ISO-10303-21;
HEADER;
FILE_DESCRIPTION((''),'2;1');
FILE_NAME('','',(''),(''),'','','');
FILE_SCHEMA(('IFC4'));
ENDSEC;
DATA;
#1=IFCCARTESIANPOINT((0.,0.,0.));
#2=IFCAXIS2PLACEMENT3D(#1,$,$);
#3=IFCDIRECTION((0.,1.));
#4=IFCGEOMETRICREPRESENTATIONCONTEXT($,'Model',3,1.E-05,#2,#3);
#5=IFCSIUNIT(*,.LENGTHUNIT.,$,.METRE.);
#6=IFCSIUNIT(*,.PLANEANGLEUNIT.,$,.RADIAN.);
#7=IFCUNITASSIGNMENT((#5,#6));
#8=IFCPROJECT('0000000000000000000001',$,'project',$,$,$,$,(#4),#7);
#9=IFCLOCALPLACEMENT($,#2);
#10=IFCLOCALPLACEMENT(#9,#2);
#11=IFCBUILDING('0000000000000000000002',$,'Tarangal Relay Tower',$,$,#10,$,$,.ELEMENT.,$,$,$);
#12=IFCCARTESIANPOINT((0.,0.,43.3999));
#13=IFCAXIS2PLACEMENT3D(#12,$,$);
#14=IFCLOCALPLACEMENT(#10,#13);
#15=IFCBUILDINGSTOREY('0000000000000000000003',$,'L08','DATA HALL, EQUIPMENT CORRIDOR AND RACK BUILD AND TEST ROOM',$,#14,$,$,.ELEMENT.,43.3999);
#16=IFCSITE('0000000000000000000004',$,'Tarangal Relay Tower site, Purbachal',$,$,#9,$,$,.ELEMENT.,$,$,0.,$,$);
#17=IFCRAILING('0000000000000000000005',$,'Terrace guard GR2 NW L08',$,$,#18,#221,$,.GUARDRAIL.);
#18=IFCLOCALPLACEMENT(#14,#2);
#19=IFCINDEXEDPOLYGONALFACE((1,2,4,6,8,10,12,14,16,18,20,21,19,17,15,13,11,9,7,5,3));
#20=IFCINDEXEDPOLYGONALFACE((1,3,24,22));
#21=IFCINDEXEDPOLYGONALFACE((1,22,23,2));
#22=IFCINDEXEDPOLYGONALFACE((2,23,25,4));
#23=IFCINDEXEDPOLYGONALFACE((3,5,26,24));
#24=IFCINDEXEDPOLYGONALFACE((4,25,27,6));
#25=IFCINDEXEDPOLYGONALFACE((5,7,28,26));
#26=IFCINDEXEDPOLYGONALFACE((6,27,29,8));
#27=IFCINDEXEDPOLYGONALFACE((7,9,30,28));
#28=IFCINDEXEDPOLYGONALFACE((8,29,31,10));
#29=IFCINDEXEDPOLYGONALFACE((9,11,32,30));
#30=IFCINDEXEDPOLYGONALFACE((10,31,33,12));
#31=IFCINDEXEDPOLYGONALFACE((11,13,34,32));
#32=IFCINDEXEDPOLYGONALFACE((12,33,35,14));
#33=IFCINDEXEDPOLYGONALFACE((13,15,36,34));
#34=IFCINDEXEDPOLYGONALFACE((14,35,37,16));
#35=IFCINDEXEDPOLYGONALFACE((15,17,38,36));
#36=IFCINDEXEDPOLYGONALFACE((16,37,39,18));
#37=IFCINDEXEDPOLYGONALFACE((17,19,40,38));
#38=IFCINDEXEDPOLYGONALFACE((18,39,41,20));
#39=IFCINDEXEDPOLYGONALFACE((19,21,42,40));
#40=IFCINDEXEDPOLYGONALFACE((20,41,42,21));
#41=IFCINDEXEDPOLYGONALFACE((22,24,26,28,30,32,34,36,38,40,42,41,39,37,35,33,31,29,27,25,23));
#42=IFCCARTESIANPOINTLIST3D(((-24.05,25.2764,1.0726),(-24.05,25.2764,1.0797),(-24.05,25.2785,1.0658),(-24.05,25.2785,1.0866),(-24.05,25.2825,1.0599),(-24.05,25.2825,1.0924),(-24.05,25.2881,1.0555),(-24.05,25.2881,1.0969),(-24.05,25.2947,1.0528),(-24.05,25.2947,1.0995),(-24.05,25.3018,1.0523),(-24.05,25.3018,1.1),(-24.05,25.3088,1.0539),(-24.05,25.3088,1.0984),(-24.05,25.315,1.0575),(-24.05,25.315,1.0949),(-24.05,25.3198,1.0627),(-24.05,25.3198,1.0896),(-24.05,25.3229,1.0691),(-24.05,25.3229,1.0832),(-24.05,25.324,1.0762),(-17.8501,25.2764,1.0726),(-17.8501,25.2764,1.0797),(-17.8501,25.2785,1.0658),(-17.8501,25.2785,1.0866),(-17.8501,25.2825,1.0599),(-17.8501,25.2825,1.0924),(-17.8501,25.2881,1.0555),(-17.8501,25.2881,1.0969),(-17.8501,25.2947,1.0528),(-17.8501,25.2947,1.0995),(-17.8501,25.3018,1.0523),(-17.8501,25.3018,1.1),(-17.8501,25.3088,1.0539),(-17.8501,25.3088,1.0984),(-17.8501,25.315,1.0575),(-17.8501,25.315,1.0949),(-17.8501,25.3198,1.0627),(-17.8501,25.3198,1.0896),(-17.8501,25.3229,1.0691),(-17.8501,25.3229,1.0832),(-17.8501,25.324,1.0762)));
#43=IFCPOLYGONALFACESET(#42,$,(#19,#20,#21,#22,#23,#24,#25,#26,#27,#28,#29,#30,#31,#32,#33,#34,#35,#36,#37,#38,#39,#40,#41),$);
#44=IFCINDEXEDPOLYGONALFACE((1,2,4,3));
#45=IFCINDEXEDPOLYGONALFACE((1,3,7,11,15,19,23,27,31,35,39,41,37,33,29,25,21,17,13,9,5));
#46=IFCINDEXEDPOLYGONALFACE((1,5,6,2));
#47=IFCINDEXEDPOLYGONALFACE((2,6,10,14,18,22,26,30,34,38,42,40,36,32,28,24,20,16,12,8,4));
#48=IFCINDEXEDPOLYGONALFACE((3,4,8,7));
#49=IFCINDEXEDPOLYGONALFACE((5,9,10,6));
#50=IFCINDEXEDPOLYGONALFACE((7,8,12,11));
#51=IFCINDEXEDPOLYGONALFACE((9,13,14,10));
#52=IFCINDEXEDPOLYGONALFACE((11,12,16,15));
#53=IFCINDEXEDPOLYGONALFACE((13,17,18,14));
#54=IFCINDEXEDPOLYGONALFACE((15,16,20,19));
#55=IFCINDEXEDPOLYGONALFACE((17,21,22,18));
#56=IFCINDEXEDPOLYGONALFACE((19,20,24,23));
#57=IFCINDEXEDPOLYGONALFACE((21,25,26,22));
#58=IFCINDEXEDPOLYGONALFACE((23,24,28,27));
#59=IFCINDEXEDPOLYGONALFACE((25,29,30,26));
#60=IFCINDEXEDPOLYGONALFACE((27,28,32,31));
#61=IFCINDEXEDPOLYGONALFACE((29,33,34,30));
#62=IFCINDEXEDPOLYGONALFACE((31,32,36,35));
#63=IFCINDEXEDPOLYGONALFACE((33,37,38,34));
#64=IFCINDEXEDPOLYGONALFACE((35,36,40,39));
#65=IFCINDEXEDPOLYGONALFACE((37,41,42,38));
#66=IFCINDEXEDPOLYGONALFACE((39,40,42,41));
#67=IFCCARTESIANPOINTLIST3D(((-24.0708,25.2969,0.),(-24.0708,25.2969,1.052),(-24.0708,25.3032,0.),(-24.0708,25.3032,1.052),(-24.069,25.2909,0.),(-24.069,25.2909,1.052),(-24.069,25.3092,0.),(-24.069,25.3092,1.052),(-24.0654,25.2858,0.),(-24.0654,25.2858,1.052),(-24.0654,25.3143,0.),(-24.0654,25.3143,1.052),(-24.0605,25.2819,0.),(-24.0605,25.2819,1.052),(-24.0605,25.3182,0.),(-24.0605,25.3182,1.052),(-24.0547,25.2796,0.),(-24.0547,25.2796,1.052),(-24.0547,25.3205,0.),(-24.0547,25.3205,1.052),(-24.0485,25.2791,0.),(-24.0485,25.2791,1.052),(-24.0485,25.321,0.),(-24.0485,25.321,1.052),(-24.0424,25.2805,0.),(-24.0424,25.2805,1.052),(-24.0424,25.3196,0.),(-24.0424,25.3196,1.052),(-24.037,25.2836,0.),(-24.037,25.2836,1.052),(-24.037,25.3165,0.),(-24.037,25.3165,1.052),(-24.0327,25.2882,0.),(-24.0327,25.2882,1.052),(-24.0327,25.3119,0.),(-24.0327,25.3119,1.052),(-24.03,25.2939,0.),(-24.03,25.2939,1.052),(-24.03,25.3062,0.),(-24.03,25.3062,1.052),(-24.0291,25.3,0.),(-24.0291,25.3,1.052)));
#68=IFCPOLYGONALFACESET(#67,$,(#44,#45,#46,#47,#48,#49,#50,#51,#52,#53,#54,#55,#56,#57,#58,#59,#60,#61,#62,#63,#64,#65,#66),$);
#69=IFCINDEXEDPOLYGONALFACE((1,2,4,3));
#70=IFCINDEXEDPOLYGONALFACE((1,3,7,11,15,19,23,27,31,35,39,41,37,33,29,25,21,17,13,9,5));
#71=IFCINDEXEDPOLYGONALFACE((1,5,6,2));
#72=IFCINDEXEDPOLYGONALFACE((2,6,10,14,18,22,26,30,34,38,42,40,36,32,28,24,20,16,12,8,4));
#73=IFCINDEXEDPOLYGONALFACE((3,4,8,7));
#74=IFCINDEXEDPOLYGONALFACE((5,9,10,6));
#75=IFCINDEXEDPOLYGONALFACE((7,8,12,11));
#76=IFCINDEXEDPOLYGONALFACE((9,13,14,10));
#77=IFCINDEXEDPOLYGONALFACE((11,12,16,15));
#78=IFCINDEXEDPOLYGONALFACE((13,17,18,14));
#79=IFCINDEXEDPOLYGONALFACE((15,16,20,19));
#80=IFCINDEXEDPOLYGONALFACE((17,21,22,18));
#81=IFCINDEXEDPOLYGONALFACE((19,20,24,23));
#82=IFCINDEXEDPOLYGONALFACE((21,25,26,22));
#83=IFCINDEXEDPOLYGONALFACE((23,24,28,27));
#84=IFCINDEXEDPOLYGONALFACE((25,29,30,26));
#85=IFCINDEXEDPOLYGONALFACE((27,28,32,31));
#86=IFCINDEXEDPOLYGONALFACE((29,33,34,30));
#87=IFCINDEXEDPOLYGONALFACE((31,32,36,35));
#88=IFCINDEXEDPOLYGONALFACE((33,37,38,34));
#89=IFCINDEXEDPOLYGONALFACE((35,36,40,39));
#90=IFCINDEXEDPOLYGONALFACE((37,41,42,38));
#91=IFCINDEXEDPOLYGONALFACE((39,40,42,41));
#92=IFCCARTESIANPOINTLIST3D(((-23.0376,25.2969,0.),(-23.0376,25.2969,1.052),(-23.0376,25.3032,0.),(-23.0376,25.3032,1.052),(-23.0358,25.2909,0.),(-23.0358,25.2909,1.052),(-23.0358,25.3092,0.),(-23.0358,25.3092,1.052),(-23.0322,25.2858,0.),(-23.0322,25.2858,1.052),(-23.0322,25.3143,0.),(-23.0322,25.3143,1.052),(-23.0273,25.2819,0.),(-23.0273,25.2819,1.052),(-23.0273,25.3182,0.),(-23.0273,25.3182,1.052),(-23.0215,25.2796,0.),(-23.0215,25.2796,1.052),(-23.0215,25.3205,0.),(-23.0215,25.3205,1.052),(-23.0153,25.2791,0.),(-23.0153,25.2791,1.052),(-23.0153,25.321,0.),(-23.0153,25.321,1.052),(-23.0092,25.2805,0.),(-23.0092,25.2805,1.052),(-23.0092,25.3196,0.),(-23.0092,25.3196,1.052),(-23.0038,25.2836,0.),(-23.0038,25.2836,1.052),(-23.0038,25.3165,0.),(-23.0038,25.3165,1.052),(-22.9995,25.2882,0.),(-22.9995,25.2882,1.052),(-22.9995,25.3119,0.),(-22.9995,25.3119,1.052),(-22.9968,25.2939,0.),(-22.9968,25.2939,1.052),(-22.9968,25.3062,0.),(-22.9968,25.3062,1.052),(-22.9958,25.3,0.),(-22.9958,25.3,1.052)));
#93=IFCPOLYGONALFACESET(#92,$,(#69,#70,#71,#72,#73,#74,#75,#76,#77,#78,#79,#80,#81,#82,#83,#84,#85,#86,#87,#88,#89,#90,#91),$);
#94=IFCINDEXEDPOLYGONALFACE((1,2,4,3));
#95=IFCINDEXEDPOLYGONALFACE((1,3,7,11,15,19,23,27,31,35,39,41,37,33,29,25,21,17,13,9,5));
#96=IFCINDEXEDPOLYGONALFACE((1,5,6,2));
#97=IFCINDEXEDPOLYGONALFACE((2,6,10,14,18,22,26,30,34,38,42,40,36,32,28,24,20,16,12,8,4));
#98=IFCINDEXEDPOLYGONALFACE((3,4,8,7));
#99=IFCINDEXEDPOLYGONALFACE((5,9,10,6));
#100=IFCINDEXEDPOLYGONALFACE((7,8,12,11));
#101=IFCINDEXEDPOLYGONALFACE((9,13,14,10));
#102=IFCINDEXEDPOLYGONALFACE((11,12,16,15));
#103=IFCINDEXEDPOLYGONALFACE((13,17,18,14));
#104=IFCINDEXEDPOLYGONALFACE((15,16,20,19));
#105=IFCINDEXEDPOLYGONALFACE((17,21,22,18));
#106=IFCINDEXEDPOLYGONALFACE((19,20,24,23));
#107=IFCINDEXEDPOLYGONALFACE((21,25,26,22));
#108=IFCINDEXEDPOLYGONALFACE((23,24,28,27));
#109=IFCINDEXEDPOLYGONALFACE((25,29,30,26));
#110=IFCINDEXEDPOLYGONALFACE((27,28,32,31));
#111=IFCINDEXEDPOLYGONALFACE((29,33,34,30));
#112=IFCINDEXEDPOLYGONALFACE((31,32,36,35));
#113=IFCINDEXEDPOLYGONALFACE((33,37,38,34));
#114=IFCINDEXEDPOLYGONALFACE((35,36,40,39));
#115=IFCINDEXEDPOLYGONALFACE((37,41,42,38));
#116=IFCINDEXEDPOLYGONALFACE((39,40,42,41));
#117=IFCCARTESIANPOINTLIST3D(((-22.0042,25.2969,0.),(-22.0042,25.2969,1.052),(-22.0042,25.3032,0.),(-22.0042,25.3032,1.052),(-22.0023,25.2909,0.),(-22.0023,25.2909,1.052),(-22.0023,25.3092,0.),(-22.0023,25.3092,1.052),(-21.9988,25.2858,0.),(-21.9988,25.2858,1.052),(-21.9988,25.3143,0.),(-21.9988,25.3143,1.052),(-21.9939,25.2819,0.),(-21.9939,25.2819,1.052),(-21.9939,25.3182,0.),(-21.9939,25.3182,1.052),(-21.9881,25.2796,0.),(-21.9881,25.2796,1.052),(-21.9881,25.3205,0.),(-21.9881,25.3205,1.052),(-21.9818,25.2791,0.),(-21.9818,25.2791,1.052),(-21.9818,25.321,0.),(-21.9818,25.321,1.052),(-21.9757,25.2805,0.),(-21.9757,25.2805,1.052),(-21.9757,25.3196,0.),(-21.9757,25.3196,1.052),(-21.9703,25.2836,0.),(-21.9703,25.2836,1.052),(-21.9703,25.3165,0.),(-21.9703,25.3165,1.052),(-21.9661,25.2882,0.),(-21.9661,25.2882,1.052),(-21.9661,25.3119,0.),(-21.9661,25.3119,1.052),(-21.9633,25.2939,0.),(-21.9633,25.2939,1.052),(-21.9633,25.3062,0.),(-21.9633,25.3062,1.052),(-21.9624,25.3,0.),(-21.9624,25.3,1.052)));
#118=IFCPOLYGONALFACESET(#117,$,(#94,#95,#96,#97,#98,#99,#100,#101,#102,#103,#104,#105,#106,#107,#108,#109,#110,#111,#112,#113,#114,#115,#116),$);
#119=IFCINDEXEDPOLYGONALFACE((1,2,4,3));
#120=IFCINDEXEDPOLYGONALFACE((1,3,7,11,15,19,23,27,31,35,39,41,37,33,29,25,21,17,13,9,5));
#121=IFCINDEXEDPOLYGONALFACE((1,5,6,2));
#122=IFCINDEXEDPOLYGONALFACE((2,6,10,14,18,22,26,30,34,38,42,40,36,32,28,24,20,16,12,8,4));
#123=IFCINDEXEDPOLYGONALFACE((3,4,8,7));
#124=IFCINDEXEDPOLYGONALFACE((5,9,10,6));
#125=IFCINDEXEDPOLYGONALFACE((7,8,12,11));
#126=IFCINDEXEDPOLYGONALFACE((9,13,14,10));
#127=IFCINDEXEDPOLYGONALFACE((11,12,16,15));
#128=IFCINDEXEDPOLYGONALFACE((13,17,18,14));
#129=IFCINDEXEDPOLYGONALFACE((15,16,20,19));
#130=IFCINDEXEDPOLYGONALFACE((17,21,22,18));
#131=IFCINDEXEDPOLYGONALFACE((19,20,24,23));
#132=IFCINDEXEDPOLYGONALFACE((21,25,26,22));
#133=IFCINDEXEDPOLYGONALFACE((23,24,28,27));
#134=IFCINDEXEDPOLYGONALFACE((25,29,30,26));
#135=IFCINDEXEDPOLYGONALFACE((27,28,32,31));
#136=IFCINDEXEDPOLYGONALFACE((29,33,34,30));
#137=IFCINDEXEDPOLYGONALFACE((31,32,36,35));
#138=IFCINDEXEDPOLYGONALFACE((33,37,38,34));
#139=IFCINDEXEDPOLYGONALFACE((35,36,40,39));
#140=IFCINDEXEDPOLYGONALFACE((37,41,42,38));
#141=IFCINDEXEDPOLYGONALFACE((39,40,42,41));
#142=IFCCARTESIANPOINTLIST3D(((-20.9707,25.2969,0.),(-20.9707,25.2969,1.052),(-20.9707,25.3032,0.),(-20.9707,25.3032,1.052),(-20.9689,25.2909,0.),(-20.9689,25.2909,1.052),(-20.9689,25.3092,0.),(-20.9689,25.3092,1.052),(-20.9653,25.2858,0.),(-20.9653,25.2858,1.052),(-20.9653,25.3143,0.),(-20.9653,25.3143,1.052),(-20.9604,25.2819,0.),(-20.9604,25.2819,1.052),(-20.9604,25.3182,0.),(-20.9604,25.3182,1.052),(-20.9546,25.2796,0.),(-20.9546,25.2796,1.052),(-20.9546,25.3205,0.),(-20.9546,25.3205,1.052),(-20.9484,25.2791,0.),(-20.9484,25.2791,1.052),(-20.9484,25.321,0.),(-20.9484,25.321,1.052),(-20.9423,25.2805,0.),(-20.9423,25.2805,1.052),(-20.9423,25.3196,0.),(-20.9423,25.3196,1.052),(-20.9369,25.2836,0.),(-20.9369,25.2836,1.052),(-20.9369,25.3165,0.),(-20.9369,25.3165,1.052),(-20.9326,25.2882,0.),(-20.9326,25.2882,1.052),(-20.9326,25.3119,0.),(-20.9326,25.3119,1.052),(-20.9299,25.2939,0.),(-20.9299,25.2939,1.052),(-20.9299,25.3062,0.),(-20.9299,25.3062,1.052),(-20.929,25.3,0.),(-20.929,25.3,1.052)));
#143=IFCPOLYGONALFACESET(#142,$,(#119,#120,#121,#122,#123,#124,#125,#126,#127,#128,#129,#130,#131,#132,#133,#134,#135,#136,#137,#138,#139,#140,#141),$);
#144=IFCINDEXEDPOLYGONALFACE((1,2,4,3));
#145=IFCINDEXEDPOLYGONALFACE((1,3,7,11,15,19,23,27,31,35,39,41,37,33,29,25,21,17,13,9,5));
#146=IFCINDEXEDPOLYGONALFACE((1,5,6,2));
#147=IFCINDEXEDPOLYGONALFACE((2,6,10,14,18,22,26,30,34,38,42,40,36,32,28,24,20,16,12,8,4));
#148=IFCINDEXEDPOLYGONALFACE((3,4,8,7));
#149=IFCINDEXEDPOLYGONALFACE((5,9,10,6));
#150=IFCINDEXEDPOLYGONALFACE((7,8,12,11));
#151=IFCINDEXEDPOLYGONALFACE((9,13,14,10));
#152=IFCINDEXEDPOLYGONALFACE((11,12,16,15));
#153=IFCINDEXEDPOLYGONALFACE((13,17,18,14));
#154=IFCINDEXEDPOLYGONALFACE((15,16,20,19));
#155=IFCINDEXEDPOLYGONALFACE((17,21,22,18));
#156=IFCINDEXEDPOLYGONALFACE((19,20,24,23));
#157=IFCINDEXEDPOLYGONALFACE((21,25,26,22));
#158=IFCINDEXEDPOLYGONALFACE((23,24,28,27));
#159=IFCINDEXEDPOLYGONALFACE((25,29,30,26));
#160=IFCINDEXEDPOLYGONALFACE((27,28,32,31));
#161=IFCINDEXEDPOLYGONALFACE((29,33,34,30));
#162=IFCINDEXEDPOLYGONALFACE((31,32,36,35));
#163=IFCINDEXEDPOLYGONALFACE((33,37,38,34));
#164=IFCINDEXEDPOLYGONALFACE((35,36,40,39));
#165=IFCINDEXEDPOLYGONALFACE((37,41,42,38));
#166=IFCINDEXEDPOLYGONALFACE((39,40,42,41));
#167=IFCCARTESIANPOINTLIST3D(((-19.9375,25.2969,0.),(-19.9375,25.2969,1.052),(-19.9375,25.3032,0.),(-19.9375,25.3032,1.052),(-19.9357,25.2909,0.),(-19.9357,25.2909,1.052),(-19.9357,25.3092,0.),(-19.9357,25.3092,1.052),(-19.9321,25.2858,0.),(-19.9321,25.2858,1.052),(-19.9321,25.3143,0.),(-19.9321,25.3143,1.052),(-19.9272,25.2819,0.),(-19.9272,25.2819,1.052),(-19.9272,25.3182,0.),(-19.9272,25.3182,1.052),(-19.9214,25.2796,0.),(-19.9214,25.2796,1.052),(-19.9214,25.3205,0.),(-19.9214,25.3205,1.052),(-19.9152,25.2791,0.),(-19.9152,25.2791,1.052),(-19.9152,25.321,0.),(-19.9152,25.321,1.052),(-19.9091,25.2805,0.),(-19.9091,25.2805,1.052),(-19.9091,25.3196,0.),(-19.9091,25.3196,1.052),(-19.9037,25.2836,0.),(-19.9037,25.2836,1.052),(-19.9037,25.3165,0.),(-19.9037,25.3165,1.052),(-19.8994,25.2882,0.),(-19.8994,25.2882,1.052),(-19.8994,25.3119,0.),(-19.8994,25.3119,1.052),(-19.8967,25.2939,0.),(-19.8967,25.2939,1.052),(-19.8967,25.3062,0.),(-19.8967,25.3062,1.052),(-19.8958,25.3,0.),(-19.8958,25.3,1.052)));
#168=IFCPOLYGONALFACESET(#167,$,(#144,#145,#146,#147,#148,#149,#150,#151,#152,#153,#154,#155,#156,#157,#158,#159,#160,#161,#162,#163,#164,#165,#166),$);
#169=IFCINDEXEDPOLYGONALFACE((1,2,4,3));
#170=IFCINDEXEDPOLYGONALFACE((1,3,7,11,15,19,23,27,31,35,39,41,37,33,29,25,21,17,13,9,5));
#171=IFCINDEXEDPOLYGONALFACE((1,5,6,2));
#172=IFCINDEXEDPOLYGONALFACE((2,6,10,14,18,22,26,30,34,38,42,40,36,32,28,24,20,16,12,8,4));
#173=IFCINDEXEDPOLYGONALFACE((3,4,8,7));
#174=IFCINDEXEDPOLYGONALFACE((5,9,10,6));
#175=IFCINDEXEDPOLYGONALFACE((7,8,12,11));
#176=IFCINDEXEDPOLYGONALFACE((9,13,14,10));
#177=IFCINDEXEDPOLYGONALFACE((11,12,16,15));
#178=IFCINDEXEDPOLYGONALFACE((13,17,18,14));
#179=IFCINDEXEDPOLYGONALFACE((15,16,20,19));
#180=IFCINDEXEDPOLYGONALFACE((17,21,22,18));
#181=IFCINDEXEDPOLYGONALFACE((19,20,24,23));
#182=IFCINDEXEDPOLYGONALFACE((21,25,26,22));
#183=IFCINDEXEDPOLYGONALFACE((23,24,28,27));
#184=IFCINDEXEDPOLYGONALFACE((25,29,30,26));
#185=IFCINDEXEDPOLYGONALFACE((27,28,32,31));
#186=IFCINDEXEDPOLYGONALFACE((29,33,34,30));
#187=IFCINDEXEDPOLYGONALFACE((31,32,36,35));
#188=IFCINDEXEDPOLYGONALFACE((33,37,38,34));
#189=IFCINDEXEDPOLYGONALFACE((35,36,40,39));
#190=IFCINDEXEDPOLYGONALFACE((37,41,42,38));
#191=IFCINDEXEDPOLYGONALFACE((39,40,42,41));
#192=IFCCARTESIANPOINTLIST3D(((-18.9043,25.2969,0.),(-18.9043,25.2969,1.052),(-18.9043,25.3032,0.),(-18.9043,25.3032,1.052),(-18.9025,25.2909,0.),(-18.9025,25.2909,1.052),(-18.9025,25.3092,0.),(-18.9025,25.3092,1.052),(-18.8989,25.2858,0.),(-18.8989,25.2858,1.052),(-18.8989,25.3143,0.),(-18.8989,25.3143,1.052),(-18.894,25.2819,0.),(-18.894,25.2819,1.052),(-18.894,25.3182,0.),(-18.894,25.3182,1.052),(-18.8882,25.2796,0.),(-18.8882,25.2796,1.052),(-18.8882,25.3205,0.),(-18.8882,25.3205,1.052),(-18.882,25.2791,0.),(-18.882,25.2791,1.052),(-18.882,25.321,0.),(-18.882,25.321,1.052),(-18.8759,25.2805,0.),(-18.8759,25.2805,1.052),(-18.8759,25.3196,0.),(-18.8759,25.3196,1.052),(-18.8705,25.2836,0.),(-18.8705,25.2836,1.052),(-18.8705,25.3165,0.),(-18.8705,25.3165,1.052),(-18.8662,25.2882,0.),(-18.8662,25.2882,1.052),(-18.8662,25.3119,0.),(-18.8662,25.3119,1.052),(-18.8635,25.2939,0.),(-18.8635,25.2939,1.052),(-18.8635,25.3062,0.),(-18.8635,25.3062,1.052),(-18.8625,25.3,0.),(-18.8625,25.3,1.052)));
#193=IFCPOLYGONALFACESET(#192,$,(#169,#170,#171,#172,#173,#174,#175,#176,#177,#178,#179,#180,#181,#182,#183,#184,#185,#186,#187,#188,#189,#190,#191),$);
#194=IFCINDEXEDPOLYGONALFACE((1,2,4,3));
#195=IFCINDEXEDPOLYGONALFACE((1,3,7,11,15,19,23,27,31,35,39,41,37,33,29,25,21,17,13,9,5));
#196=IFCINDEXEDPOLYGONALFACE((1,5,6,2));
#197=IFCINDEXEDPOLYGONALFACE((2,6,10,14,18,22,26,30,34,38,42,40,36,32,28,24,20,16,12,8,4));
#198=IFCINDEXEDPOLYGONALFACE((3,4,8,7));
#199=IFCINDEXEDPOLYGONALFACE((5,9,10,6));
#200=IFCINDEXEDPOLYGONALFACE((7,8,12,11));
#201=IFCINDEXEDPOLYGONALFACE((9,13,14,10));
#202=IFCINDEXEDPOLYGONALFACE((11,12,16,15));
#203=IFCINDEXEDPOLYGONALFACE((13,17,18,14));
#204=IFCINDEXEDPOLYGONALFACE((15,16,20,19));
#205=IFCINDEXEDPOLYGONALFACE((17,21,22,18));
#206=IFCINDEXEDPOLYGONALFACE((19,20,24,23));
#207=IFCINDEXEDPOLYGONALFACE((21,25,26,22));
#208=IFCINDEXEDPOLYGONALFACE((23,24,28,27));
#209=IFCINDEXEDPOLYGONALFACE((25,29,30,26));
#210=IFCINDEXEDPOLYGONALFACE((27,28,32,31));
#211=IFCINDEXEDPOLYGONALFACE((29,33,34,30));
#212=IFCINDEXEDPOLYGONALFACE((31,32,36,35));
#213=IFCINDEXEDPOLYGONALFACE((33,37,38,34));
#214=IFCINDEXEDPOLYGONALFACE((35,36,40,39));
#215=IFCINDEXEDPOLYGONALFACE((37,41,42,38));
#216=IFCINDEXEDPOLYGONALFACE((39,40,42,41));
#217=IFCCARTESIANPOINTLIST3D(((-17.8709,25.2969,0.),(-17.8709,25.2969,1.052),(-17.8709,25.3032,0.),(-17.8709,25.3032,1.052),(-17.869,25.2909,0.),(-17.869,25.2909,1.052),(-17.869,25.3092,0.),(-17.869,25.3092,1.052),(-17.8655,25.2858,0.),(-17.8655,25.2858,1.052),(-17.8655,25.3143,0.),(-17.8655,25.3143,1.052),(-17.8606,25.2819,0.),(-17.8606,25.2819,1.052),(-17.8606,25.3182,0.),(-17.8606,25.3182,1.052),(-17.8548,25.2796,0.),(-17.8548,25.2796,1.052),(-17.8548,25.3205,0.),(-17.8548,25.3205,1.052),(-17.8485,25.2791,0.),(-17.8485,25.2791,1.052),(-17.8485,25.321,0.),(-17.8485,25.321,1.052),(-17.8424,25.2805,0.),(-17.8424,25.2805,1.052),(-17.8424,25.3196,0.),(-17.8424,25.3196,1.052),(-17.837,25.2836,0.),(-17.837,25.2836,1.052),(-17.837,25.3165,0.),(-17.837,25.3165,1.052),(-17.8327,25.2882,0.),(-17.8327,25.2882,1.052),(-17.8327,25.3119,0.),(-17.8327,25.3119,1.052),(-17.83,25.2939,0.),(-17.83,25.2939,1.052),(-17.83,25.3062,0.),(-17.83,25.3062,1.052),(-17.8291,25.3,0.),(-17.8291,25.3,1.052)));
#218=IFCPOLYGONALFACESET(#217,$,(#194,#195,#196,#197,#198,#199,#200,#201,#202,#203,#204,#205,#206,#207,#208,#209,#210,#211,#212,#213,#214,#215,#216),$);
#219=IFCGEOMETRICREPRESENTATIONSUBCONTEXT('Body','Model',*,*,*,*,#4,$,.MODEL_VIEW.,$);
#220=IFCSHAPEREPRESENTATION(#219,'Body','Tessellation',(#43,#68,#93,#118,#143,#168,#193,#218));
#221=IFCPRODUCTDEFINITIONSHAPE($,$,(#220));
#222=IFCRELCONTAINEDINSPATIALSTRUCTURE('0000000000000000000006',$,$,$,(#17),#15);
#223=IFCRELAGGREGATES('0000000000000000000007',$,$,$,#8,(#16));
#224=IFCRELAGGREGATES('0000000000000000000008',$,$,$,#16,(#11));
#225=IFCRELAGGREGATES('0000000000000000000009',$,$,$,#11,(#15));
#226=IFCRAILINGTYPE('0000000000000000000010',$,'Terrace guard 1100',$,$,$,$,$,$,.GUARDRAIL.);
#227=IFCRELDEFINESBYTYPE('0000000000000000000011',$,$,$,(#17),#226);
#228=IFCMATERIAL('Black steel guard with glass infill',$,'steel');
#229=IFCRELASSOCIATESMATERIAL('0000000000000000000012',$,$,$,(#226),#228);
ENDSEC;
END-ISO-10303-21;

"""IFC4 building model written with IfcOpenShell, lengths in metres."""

from ifc_helpers import new_model, si_unit, direction, frame, origin, origin_2d, place, context, subcontext, project, spatial, circle, extrude, material, type_object, element, save


model = new_model("IFC4")

# Units and contexts
model_context = context("Model", 3, precision=1e-05, world=origin(), true_north=direction((0.0, 1.0)))
body_context = subcontext(model_context, "Body", "Model", "MODEL_VIEW")
ifc_project = project(units=[si_unit("LENGTHUNIT", "METRE"), si_unit("PLANEANGLEUNIT", "RADIAN")], contexts=[model_context])

# Site, building, storey
site_placement = place(None, origin())
site = spatial("IfcSite", under=ifc_project, at=site_placement, Name="Tarangal Relay Tower site, Purbachal", CompositionType="ELEMENT", RefElevation=0.0)
building_placement = place(site_placement, origin())
building = spatial("IfcBuilding", under=site, at=building_placement, Name="Tarangal Relay Tower", CompositionType="ELEMENT")
storey_placement = place(building_placement, frame((0.0, 0.0, 43.3999)))
storey = spatial("IfcBuildingStorey", under=building, at=storey_placement, Name="L08", Description="DATA HALL, EQUIPMENT CORRIDOR AND RACK BUILD AND TEST ROOM", CompositionType="ELEMENT", Elevation=43.3999)

# Railing
ifc_material_1 = material(Name="Black steel guard with glass infill", Category="steel")
railing_type = type_object("IfcRailingType", Name="Terrace guard 1100", PredefinedType="GUARDRAIL", material=ifc_material_1)
railing_1_placement = place(storey_placement, frame((-24.05, 25.3, 0.0)))
element("IfcRailing", 1, at=railing_1_placement, inside=storey, type_object=railing_type, Name="Terrace guard GR2 NW L08", PredefinedType="GUARDRAIL", context=body_context, shape_type="SweptSolid", body=[
    extrude(circle(Radius=0.0239, at=origin_2d()), frame((0.0, 0.0, 1.0762), z_axis=(1.0, 0.0, 0.0), x_axis=(0.0, 1.0, 0.0)), (0.0, 0.0, 1.0), 6.2),
    extrude(circle(Radius=0.021, at=origin_2d()), origin(), (0.0, 0.0, 1.0), 1.052),
    extrude(circle(Radius=0.021, at=origin_2d()), frame((1.0332, 0.0, 0.0)), (0.0, 0.0, 1.0), 1.052),
    extrude(circle(Radius=0.021, at=origin_2d()), frame((2.0667, 0.0, 0.0)), (0.0, 0.0, 1.0), 1.052),
    extrude(circle(Radius=0.021, at=origin_2d()), frame((3.1001, 0.0, 0.0)), (0.0, 0.0, 1.0), 1.052),
    extrude(circle(Radius=0.021, at=origin_2d()), frame((4.1333, 0.0, 0.0)), (0.0, 0.0, 1.0), 1.052),
    extrude(circle(Radius=0.021, at=origin_2d()), frame((5.1665, 0.0, 0.0)), (0.0, 0.0, 1.0), 1.052),
    extrude(circle(Radius=0.021, at=origin_2d()), frame((6.2, 0.0, 0.0)), (0.0, 0.0, 1.0), 1.052),
])

save(model, "model.ifc")
